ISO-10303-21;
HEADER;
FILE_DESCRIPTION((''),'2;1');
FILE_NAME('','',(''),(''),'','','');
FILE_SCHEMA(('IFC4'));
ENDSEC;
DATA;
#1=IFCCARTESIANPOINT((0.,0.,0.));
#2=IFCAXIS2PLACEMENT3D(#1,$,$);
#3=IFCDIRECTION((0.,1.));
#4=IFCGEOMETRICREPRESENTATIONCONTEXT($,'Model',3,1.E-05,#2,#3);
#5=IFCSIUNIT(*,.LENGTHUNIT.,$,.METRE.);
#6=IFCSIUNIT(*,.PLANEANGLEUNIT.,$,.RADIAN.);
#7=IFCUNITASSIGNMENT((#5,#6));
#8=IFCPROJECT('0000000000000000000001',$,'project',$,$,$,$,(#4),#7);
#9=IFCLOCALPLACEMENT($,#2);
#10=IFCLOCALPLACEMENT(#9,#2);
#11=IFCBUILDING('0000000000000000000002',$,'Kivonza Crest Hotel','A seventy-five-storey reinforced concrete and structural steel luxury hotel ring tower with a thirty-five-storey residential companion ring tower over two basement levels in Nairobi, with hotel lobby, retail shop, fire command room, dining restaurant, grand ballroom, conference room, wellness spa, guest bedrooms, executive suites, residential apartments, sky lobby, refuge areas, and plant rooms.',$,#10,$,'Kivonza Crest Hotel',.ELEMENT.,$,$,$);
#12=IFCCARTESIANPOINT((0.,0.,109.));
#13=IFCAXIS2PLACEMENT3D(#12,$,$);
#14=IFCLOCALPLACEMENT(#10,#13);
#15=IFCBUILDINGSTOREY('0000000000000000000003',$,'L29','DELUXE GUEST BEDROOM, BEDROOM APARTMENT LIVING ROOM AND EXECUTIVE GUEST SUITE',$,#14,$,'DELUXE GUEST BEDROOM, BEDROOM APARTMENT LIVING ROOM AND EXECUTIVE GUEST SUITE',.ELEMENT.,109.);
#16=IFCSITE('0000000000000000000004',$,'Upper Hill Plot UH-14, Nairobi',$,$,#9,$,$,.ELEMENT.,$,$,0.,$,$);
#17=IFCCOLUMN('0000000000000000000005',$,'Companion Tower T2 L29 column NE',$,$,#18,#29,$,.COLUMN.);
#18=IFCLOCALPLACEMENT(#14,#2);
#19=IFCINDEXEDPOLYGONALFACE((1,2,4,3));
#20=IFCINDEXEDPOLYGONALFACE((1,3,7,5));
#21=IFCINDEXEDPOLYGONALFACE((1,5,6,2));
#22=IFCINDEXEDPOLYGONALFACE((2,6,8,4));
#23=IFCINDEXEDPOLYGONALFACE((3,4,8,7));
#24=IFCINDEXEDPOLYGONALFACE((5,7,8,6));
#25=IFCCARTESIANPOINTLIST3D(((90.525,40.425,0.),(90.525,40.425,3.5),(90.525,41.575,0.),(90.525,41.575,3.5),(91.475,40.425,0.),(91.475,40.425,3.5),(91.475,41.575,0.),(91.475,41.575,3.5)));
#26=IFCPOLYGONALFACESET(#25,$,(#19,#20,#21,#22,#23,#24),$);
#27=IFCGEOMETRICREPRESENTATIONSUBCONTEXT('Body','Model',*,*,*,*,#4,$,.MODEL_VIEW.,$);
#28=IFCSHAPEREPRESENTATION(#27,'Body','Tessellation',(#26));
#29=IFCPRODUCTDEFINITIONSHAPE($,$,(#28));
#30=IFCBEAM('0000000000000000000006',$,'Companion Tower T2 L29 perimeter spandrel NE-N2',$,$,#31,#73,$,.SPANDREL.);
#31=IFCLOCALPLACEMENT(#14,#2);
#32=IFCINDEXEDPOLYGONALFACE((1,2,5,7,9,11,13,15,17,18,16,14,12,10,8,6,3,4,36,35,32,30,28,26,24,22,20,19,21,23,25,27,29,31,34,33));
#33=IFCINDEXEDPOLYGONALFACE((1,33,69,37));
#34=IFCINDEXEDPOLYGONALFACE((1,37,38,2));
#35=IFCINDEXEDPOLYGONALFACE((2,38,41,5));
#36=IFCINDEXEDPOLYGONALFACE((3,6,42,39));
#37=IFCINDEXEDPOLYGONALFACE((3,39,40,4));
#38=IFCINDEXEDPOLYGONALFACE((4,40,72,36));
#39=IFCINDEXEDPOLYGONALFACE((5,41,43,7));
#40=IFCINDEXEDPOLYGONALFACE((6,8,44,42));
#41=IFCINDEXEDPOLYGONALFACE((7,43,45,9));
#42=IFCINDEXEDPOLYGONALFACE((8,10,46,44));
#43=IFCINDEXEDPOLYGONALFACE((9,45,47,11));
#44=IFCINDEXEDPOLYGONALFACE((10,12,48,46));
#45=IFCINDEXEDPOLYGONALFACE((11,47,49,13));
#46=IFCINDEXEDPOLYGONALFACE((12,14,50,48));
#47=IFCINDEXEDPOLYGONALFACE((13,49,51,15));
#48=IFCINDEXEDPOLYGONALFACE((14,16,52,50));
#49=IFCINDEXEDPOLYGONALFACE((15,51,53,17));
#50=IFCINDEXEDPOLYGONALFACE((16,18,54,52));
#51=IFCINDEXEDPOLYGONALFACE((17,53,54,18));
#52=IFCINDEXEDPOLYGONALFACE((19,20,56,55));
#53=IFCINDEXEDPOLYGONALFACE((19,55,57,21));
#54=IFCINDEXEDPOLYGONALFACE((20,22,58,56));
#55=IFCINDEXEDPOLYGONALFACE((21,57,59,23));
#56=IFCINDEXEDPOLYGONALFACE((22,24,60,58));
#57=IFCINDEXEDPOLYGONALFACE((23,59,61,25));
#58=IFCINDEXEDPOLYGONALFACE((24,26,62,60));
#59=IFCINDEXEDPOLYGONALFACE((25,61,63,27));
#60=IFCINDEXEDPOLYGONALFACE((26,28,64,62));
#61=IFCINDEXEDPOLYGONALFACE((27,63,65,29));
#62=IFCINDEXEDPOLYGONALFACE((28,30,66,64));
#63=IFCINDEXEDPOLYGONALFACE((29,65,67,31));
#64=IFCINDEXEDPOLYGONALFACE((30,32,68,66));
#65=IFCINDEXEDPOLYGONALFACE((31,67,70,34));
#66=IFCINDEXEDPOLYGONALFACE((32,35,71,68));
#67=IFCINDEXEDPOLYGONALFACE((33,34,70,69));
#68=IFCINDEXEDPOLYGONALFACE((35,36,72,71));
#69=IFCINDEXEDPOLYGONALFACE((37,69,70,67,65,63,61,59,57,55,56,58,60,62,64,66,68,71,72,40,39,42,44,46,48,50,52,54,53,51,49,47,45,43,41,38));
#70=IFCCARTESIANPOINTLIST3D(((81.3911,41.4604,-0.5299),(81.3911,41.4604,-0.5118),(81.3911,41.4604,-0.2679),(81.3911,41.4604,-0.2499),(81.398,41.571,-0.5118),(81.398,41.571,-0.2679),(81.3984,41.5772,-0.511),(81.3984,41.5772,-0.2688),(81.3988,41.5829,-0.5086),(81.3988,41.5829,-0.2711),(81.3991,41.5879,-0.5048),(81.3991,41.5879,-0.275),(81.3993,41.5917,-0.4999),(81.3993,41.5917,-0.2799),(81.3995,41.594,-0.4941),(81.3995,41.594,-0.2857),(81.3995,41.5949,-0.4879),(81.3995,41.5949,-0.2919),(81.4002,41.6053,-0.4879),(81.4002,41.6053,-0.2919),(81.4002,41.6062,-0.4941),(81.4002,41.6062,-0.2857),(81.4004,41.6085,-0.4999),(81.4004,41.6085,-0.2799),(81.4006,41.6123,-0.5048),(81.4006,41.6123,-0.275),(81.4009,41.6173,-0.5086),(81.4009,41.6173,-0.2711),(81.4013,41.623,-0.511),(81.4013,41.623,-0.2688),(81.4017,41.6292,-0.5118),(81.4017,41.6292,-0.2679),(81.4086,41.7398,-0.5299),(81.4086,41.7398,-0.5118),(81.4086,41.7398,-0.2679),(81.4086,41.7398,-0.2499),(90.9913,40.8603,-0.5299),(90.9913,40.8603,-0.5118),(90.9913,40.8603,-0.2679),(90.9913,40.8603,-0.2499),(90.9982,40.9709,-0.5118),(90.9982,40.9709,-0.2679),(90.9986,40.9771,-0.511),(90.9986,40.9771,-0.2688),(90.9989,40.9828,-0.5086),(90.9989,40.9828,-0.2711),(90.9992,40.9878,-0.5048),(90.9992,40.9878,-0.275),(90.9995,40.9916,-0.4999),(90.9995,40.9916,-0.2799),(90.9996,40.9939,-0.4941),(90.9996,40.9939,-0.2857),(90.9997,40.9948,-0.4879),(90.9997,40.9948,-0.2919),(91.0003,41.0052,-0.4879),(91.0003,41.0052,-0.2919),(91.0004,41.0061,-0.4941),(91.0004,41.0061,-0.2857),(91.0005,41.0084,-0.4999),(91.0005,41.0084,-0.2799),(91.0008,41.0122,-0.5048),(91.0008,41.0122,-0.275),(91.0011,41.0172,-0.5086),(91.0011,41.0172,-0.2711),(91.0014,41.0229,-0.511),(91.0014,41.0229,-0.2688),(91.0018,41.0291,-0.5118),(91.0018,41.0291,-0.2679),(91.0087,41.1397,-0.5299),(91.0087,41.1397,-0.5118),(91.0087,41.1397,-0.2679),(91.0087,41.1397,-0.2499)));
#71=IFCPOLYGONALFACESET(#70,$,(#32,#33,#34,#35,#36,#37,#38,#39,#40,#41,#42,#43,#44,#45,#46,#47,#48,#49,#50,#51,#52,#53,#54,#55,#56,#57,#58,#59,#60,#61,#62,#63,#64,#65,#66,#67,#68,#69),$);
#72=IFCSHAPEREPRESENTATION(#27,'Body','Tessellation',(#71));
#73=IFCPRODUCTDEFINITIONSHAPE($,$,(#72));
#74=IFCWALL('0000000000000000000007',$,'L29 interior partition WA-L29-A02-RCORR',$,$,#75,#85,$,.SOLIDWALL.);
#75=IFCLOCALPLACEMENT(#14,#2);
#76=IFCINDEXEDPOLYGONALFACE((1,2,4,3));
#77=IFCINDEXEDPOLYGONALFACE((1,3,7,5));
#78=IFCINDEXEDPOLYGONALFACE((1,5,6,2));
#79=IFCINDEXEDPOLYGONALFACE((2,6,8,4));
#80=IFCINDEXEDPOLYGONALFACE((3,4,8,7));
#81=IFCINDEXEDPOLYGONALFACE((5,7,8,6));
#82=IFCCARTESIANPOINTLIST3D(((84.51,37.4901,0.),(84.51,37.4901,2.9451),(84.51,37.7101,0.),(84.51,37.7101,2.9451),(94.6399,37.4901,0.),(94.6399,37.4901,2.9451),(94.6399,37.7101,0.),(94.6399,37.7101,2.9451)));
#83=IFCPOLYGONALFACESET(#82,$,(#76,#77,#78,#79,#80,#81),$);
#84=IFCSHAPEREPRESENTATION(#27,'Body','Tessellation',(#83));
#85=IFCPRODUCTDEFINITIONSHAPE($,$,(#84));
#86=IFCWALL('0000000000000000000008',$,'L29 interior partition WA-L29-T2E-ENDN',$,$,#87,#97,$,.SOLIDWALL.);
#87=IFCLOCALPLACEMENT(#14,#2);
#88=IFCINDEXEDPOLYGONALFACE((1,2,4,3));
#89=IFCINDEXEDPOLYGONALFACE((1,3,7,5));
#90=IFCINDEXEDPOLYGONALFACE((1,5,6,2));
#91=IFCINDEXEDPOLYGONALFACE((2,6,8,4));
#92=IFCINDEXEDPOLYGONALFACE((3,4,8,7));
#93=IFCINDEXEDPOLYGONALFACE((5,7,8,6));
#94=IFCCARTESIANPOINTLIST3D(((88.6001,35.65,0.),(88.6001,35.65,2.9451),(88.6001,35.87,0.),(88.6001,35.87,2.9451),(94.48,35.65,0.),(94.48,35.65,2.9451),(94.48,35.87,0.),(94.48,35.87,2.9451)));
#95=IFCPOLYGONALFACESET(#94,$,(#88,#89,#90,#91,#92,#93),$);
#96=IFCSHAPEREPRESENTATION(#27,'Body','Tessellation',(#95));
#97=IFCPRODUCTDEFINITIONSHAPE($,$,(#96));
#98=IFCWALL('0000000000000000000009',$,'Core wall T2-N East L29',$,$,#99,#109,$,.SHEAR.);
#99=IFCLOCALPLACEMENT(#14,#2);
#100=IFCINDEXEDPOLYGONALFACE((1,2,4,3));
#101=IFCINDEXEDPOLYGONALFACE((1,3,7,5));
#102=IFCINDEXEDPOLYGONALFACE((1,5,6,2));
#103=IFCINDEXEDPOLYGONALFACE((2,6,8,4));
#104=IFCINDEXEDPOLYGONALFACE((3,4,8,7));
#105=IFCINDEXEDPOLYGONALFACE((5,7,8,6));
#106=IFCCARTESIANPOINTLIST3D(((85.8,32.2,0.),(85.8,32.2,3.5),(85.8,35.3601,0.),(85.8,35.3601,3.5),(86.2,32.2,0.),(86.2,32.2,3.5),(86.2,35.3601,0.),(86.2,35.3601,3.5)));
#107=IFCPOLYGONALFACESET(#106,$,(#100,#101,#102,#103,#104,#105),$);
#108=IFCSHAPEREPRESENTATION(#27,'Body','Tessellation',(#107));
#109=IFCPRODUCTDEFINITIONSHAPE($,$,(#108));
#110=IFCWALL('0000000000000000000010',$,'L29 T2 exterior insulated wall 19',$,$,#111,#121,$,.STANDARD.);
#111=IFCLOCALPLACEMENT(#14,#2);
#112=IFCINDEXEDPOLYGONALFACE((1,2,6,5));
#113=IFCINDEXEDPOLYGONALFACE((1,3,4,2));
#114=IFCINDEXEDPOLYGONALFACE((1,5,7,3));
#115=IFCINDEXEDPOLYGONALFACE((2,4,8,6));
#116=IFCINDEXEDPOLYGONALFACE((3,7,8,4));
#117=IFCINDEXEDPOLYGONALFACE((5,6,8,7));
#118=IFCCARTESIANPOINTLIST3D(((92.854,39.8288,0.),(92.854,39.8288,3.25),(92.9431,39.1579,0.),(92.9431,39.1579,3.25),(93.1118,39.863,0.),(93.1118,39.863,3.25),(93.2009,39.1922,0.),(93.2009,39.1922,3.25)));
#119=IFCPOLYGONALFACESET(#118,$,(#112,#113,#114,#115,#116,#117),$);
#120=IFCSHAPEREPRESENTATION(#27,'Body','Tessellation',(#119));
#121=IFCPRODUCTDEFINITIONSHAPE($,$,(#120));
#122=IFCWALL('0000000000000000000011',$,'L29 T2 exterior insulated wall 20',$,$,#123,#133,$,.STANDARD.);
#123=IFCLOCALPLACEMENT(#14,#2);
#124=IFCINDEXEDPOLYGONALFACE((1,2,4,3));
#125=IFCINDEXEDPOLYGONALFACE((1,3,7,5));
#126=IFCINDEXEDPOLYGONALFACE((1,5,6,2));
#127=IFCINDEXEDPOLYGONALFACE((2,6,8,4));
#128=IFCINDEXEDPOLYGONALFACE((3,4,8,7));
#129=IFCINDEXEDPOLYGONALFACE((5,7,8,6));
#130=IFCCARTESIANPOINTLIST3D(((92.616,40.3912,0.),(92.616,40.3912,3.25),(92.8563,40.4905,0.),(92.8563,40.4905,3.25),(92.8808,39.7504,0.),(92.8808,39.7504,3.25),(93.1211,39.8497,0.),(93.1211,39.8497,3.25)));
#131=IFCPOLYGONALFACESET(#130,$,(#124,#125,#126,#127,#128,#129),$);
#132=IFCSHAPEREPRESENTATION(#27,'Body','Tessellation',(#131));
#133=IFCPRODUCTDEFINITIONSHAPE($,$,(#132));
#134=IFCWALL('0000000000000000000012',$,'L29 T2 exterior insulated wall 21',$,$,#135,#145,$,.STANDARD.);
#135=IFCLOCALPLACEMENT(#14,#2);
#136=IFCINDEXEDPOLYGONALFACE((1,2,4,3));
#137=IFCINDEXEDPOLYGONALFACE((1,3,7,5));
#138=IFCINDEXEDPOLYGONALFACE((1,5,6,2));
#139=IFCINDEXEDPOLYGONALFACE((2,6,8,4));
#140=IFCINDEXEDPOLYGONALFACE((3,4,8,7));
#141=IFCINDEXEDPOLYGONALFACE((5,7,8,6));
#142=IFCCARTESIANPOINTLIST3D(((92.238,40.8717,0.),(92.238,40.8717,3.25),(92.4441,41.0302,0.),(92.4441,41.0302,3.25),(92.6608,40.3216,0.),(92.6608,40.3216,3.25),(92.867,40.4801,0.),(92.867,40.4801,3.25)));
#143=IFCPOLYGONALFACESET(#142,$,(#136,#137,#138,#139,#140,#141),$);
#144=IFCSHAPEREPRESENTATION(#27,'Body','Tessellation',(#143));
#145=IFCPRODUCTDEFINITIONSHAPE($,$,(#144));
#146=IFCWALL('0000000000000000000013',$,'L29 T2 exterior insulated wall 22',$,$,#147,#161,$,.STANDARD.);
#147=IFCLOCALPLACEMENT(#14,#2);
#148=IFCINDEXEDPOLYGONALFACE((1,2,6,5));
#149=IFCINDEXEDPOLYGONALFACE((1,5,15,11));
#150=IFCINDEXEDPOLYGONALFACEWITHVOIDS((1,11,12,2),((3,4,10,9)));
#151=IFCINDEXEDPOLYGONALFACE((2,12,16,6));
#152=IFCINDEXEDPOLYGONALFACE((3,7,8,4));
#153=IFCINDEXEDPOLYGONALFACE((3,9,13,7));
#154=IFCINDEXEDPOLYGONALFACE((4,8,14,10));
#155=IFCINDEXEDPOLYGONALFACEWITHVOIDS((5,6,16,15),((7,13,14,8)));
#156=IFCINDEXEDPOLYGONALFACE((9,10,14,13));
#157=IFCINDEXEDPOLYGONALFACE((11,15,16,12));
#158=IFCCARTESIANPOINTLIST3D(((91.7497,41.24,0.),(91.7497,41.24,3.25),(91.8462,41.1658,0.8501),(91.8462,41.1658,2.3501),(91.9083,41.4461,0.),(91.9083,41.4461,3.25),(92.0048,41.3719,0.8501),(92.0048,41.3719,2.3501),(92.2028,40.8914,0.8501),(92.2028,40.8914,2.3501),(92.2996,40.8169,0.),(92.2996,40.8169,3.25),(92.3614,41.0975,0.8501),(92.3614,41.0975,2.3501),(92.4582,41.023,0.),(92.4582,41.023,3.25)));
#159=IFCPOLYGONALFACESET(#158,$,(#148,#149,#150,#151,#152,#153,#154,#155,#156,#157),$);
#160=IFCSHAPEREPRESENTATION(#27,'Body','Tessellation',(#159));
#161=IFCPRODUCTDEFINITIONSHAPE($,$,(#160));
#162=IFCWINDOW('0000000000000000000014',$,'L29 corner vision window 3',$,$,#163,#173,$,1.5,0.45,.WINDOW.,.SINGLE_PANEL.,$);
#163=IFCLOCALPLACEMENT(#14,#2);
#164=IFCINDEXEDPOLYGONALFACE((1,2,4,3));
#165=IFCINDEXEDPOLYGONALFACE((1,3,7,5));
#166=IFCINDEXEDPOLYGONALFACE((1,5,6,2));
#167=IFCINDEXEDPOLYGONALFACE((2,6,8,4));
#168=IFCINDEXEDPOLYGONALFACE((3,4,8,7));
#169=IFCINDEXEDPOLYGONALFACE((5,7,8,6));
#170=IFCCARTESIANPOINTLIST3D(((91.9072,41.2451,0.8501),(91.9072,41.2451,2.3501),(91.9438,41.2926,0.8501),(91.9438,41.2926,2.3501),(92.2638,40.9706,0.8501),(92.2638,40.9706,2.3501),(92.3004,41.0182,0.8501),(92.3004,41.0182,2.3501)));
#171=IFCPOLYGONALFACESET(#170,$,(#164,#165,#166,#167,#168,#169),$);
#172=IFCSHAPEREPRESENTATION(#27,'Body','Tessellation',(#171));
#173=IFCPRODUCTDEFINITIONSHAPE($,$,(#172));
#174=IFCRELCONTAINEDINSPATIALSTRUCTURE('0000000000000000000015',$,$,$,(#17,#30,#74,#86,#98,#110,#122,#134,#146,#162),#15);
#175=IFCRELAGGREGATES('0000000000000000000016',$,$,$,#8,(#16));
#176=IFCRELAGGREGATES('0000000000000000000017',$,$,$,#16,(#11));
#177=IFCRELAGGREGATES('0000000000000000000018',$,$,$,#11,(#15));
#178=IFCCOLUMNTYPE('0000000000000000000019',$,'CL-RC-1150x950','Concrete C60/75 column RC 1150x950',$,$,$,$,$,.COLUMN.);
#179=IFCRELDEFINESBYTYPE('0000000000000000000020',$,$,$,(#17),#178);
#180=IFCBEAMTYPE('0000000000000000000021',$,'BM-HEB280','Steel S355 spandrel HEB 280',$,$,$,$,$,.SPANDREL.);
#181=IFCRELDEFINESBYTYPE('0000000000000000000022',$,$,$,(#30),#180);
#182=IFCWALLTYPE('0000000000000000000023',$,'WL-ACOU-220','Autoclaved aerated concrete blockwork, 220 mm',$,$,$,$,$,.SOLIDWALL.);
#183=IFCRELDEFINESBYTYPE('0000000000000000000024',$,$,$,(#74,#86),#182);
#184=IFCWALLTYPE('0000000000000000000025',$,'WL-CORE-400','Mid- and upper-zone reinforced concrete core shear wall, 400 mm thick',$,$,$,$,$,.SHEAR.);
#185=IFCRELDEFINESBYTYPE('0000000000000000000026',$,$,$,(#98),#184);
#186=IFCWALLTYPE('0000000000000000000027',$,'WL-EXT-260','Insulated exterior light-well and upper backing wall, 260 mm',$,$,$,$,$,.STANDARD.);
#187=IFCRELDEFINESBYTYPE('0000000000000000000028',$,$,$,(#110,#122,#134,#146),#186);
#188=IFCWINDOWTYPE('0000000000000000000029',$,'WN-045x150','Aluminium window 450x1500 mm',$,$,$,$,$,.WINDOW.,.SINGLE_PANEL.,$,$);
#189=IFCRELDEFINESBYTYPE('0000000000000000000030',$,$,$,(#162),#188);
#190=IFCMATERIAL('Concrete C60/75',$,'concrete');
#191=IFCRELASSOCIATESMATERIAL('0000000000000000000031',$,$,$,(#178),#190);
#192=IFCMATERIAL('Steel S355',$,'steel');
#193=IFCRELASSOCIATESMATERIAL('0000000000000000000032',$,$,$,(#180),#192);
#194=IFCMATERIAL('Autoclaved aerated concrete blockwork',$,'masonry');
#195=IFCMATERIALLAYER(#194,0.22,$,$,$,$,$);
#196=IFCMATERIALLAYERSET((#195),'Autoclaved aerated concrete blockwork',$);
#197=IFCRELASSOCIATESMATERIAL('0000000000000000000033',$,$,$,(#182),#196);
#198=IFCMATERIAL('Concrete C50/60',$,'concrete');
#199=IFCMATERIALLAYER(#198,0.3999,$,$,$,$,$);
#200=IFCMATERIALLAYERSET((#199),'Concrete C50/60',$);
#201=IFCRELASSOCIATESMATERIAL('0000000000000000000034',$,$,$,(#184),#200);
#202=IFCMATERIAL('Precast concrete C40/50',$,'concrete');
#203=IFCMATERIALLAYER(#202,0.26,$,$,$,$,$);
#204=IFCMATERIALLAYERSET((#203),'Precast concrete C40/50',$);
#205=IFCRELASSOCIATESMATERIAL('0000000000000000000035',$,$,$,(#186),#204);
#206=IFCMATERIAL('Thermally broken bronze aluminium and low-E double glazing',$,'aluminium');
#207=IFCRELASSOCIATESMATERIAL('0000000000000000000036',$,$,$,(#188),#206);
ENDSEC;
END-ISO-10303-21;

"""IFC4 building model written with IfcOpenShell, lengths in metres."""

from ifc_helpers import new_model, si_unit, direction, frame, frame_2d, origin, origin_2d, place, context, subcontext, project, spatial, rectangle, i_section, extrude, material, layer, layer_set, material_profile, profile_set, type_object, element, fill, save


model = new_model("IFC4")

# Units and contexts
model_context = context("Model", 3, precision=1e-05, world=origin(), true_north=direction((0.0, 1.0)))
body_context = subcontext(model_context, "Body", "Model", "MODEL_VIEW")
ifc_project = project(units=[si_unit("LENGTHUNIT", "METRE"), si_unit("PLANEANGLEUNIT", "RADIAN")], contexts=[model_context])

# Site, building, storey
site_placement = place(None, origin())
site = spatial("IfcSite", under=ifc_project, at=site_placement, Name="Upper Hill Plot UH-14, Nairobi", CompositionType="ELEMENT", RefElevation=0.0)
building_placement = place(site_placement, origin())
building = spatial("IfcBuilding", under=site, at=building_placement, Name="Kivonza Crest Hotel", Description="A seventy-five-storey reinforced concrete and structural steel luxury hotel ring tower with a thirty-five-storey residential companion ring tower over two basement levels in Nairobi, with hotel lobby, retail shop, fire command room, dining restaurant, grand ballroom, conference room, wellness spa, guest bedrooms, executive suites, residential apartments, sky lobby, refuge areas, and plant rooms.", LongName="Kivonza Crest Hotel", CompositionType="ELEMENT")
storey_placement = place(building_placement, frame((0.0, 0.0, 109.0)))
storey = spatial("IfcBuildingStorey", under=building, at=storey_placement, Name="L29", Description="DELUXE GUEST BEDROOM, BEDROOM APARTMENT LIVING ROOM AND EXECUTIVE GUEST SUITE", LongName="DELUXE GUEST BEDROOM, BEDROOM APARTMENT LIVING ROOM AND EXECUTIVE GUEST SUITE", CompositionType="ELEMENT", Elevation=109.0)

# Column
ifc_material_1 = material(Name="Concrete C60/75", Category="concrete")
ifc_material_profile_1 = material_profile(ifc_material_1, rectangle(XDim=0.95, YDim=1.1499, at=origin_2d()), Name="RC 1150x950")
ifc_profile_set_1 = profile_set([ifc_material_profile_1], Name="Concrete C60/75")
column_type = type_object("IfcColumnType", Name="CL-RC-1150x950", Description="Concrete C60/75 column RC 1150x950", PredefinedType="COLUMN", material=ifc_profile_set_1)
column_placement = place(storey_placement, frame((91.0, 41.0, 0.0), z_axis=(0.0, 0.0, 1.0), x_axis=(1.0, 0.0, 0.0)))
element("IfcColumn", 1, at=column_placement, inside=storey, type_object=column_type, Name="Companion Tower T2 L29 column NE", PredefinedType="COLUMN", context=body_context, shape_type="SweptSolid", body=[
    extrude(rectangle(XDim=0.95, YDim=1.1499, at=origin_2d()), origin(), (0.0, 0.0, 1.0), 3.5),
])

# Beam
ifc_material_2 = material(Name="Steel S355", Category="steel")
ifc_material_profile_2 = material_profile(ifc_material_2, i_section(OverallWidth=0.28, OverallDepth=0.28, WebThickness=0.0105, FlangeThickness=0.0181, FilletRadius=0.0239, at=origin_2d()), Name="HEB 280")
ifc_profile_set_2 = profile_set([ifc_material_profile_2], Name="Steel S355")
beam_type = type_object("IfcBeamType", Name="BM-HEB280", Description="Steel S355 spandrel HEB 280", PredefinedType="SPANDREL", material=ifc_profile_set_2)
beam_placement = place(storey_placement, frame((91.0, 41.0, -0.3899), z_axis=(-0.998052, 0.062388, 0.0), x_axis=(-0.062388, -0.998052, 0.0)))
element("IfcBeam", 2, at=beam_placement, inside=storey, type_object=beam_type, Name="Companion Tower T2 L29 perimeter spandrel NE-N2", PredefinedType="SPANDREL", context=body_context, shape_type="SweptSolid", body=[
    extrude(i_section(OverallWidth=0.28, OverallDepth=0.28, WebThickness=0.0105, FlangeThickness=0.0181, FilletRadius=0.0239, at=origin_2d()), origin(), (0.0, 0.0, 1.0), 9.6189),
])

# Walls
ifc_material_3 = material(Name="Autoclaved aerated concrete blockwork", Category="masonry")
ifc_layer_1 = layer(ifc_material_3, 0.22)
ifc_layer_set_1 = layer_set([ifc_layer_1], Name="Autoclaved aerated concrete blockwork")
wall_type_1 = type_object("IfcWallType", Name="WL-ACOU-220", Description="Autoclaved aerated concrete blockwork, 220 mm", PredefinedType="SOLIDWALL", material=ifc_layer_set_1)
wall_1_placement = place(storey_placement, frame((84.51, 37.6001, 0.0), z_axis=(0.0, 0.0, 1.0), x_axis=(1.0, 0.0, 0.0)))
element("IfcWall", 3, at=wall_1_placement, inside=storey, type_object=wall_type_1, Name="L29 interior partition WA-L29-A02-RCORR", PredefinedType="SOLIDWALL", context=body_context, shape_type="SweptSolid", body=[
    extrude(rectangle(XDim=10.1299, YDim=0.22, at=frame_2d((5.0649, 0.0))), origin(), (0.0, 0.0, 1.0), 2.9451),
])
wall_2_placement = place(storey_placement, frame((88.6001, 35.76, 0.0), z_axis=(0.0, 0.0, 1.0), x_axis=(1.0, 0.0, 0.0)))
element("IfcWall", 4, at=wall_2_placement, inside=storey, type_object=wall_type_1, Name="L29 interior partition WA-L29-T2E-ENDN", PredefinedType="SOLIDWALL", context=body_context, shape_type="SweptSolid", body=[
    extrude(rectangle(XDim=5.8799, YDim=0.22, at=frame_2d((2.9399, 0.0))), origin(), (0.0, 0.0, 1.0), 2.9451),
])
ifc_material_4 = material(Name="Concrete C50/60", Category="concrete")
ifc_layer_2 = layer(ifc_material_4, 0.3999)
ifc_layer_set_2 = layer_set([ifc_layer_2], Name="Concrete C50/60")
wall_type_2 = type_object("IfcWallType", Name="WL-CORE-400", Description="Mid- and upper-zone reinforced concrete core shear wall, 400 mm thick", PredefinedType="SHEAR", material=ifc_layer_set_2)
wall_3_placement = place(storey_placement, frame((86.0, 32.2, 0.0), z_axis=(0.0, 0.0, 1.0), x_axis=(0.0, 1.0, 0.0)))
element("IfcWall", 5, at=wall_3_placement, inside=storey, type_object=wall_type_2, Name="Core wall T2-N East L29", PredefinedType="SHEAR", context=body_context, shape_type="SweptSolid", body=[
    extrude(rectangle(XDim=3.1602, YDim=0.3999, at=frame_2d((1.5801, 0.0))), origin(), (0.0, 0.0, 1.0), 3.5),
])
ifc_material_5 = material(Name="Precast concrete C40/50", Category="concrete")
ifc_layer_3 = layer(ifc_material_5, 0.26)
ifc_layer_set_3 = layer_set([ifc_layer_3], Name="Precast concrete C40/50")
wall_type_3 = type_object("IfcWallType", Name="WL-EXT-260", Description="Insulated exterior light-well and upper backing wall, 260 mm", PredefinedType="STANDARD", material=ifc_layer_set_3)
wall_4_placement = place(storey_placement, frame((93.072, 39.175, 0.0), z_axis=(0.0, 0.0, 1.0), x_axis=(-0.131667, 0.991294, 0.0)))
element("IfcWall", 6, at=wall_4_placement, inside=storey, type_object=wall_type_3, Name="L29 T2 exterior insulated wall 19", PredefinedType="STANDARD", context=body_context, shape_type="SweptSolid", body=[
    extrude(rectangle(XDim=0.6768, YDim=0.26, at=frame_2d((0.3384, 0.0))), origin(), (0.0, 0.0, 1.0), 3.25),
])
wall_5_placement = place(storey_placement, frame((93.001, 39.8, 0.0), z_axis=(0.0, 0.0, 1.0), x_axis=(-0.381989, 0.924167, 0.0)))
element("IfcWall", 7, at=wall_5_placement, inside=storey, type_object=wall_type_3, Name="L29 T2 exterior insulated wall 20", PredefinedType="STANDARD", context=body_context, shape_type="SweptSolid", body=[
    extrude(rectangle(XDim=0.6934, YDim=0.26, at=frame_2d((0.3467, 0.0))), origin(), (0.0, 0.0, 1.0), 3.25),
])
wall_6_placement = place(storey_placement, frame((92.7639, 40.4009, 0.0), z_axis=(0.0, 0.0, 1.0), x_axis=(-0.609473, 0.792807, 0.0)))
element("IfcWall", 8, at=wall_6_placement, inside=storey, type_object=wall_type_3, Name="L29 T2 exterior insulated wall 21", PredefinedType="STANDARD", context=body_context, shape_type="SweptSolid", body=[
    extrude(rectangle(XDim=0.6938, YDim=0.26, at=frame_2d((0.3469, 0.0))), origin(), (0.0, 0.0, 1.0), 3.25),
])

# Wall, opening, window
wall_7_placement = place(storey_placement, frame((92.3789, 40.9199, 0.0), z_axis=(0.0, 0.0, 1.0), x_axis=(-0.792506, 0.609864, 0.0)))
wall_7 = element("IfcWall", 9, at=wall_7_placement, inside=storey, type_object=wall_type_3, Name="L29 T2 exterior insulated wall 22", PredefinedType="STANDARD", context=body_context, shape_type="SweptSolid", body=[
    extrude(rectangle(XDim=0.6938, YDim=0.26, at=frame_2d((0.3469, 0.0))), origin(), (0.0, 0.0, 1.0), 3.25),
])
opening_1_placement = place(wall_7_placement, frame((0.1221, 0.0, 0.8501)))
opening_1 = element("IfcOpeningElement", 10, at=opening_1_placement, cuts=wall_7, PredefinedType="OPENING", context=body_context, shape_type="SweptSolid", body=[
    extrude(rectangle(XDim=0.45, YDim=1.5, at=frame_2d((0.2251, 0.75))), frame((0.0, 0.1401, 0.0), z_axis=(0.0, -1.0, 0.0), x_axis=(1.0, 0.0, 0.0)), (0.0, 0.0, 1.0), 0.28),
])
ifc_material_6 = material(Name="Thermally broken bronze aluminium and low-E double glazing", Category="aluminium")
window_type_1 = type_object("IfcWindowType", Name="WN-045x150", Description="Aluminium window 450x1500 mm", PartitioningType="SINGLE_PANEL", PredefinedType="WINDOW", material=ifc_material_6)
window_1_placement = place(opening_1_placement, origin())
window_1 = element("IfcWindow", 11, at=window_1_placement, inside=storey, type_object=window_type_1, Name="L29 corner vision window 3", OverallHeight=1.5, OverallWidth=0.45, PartitioningType="SINGLE_PANEL", PredefinedType="WINDOW", context=body_context, shape_type="SweptSolid", body=[
    extrude(rectangle(XDim=0.45, YDim=1.5, at=frame_2d((0.2251, 0.75))), frame((0.0, 0.03, 0.0), z_axis=(0.0, -1.0, 0.0), x_axis=(1.0, 0.0, 0.0)), (0.0, 0.0, 1.0), 0.0601),
])
fill(opening_1, window_1)

save(model, "model.ifc")
